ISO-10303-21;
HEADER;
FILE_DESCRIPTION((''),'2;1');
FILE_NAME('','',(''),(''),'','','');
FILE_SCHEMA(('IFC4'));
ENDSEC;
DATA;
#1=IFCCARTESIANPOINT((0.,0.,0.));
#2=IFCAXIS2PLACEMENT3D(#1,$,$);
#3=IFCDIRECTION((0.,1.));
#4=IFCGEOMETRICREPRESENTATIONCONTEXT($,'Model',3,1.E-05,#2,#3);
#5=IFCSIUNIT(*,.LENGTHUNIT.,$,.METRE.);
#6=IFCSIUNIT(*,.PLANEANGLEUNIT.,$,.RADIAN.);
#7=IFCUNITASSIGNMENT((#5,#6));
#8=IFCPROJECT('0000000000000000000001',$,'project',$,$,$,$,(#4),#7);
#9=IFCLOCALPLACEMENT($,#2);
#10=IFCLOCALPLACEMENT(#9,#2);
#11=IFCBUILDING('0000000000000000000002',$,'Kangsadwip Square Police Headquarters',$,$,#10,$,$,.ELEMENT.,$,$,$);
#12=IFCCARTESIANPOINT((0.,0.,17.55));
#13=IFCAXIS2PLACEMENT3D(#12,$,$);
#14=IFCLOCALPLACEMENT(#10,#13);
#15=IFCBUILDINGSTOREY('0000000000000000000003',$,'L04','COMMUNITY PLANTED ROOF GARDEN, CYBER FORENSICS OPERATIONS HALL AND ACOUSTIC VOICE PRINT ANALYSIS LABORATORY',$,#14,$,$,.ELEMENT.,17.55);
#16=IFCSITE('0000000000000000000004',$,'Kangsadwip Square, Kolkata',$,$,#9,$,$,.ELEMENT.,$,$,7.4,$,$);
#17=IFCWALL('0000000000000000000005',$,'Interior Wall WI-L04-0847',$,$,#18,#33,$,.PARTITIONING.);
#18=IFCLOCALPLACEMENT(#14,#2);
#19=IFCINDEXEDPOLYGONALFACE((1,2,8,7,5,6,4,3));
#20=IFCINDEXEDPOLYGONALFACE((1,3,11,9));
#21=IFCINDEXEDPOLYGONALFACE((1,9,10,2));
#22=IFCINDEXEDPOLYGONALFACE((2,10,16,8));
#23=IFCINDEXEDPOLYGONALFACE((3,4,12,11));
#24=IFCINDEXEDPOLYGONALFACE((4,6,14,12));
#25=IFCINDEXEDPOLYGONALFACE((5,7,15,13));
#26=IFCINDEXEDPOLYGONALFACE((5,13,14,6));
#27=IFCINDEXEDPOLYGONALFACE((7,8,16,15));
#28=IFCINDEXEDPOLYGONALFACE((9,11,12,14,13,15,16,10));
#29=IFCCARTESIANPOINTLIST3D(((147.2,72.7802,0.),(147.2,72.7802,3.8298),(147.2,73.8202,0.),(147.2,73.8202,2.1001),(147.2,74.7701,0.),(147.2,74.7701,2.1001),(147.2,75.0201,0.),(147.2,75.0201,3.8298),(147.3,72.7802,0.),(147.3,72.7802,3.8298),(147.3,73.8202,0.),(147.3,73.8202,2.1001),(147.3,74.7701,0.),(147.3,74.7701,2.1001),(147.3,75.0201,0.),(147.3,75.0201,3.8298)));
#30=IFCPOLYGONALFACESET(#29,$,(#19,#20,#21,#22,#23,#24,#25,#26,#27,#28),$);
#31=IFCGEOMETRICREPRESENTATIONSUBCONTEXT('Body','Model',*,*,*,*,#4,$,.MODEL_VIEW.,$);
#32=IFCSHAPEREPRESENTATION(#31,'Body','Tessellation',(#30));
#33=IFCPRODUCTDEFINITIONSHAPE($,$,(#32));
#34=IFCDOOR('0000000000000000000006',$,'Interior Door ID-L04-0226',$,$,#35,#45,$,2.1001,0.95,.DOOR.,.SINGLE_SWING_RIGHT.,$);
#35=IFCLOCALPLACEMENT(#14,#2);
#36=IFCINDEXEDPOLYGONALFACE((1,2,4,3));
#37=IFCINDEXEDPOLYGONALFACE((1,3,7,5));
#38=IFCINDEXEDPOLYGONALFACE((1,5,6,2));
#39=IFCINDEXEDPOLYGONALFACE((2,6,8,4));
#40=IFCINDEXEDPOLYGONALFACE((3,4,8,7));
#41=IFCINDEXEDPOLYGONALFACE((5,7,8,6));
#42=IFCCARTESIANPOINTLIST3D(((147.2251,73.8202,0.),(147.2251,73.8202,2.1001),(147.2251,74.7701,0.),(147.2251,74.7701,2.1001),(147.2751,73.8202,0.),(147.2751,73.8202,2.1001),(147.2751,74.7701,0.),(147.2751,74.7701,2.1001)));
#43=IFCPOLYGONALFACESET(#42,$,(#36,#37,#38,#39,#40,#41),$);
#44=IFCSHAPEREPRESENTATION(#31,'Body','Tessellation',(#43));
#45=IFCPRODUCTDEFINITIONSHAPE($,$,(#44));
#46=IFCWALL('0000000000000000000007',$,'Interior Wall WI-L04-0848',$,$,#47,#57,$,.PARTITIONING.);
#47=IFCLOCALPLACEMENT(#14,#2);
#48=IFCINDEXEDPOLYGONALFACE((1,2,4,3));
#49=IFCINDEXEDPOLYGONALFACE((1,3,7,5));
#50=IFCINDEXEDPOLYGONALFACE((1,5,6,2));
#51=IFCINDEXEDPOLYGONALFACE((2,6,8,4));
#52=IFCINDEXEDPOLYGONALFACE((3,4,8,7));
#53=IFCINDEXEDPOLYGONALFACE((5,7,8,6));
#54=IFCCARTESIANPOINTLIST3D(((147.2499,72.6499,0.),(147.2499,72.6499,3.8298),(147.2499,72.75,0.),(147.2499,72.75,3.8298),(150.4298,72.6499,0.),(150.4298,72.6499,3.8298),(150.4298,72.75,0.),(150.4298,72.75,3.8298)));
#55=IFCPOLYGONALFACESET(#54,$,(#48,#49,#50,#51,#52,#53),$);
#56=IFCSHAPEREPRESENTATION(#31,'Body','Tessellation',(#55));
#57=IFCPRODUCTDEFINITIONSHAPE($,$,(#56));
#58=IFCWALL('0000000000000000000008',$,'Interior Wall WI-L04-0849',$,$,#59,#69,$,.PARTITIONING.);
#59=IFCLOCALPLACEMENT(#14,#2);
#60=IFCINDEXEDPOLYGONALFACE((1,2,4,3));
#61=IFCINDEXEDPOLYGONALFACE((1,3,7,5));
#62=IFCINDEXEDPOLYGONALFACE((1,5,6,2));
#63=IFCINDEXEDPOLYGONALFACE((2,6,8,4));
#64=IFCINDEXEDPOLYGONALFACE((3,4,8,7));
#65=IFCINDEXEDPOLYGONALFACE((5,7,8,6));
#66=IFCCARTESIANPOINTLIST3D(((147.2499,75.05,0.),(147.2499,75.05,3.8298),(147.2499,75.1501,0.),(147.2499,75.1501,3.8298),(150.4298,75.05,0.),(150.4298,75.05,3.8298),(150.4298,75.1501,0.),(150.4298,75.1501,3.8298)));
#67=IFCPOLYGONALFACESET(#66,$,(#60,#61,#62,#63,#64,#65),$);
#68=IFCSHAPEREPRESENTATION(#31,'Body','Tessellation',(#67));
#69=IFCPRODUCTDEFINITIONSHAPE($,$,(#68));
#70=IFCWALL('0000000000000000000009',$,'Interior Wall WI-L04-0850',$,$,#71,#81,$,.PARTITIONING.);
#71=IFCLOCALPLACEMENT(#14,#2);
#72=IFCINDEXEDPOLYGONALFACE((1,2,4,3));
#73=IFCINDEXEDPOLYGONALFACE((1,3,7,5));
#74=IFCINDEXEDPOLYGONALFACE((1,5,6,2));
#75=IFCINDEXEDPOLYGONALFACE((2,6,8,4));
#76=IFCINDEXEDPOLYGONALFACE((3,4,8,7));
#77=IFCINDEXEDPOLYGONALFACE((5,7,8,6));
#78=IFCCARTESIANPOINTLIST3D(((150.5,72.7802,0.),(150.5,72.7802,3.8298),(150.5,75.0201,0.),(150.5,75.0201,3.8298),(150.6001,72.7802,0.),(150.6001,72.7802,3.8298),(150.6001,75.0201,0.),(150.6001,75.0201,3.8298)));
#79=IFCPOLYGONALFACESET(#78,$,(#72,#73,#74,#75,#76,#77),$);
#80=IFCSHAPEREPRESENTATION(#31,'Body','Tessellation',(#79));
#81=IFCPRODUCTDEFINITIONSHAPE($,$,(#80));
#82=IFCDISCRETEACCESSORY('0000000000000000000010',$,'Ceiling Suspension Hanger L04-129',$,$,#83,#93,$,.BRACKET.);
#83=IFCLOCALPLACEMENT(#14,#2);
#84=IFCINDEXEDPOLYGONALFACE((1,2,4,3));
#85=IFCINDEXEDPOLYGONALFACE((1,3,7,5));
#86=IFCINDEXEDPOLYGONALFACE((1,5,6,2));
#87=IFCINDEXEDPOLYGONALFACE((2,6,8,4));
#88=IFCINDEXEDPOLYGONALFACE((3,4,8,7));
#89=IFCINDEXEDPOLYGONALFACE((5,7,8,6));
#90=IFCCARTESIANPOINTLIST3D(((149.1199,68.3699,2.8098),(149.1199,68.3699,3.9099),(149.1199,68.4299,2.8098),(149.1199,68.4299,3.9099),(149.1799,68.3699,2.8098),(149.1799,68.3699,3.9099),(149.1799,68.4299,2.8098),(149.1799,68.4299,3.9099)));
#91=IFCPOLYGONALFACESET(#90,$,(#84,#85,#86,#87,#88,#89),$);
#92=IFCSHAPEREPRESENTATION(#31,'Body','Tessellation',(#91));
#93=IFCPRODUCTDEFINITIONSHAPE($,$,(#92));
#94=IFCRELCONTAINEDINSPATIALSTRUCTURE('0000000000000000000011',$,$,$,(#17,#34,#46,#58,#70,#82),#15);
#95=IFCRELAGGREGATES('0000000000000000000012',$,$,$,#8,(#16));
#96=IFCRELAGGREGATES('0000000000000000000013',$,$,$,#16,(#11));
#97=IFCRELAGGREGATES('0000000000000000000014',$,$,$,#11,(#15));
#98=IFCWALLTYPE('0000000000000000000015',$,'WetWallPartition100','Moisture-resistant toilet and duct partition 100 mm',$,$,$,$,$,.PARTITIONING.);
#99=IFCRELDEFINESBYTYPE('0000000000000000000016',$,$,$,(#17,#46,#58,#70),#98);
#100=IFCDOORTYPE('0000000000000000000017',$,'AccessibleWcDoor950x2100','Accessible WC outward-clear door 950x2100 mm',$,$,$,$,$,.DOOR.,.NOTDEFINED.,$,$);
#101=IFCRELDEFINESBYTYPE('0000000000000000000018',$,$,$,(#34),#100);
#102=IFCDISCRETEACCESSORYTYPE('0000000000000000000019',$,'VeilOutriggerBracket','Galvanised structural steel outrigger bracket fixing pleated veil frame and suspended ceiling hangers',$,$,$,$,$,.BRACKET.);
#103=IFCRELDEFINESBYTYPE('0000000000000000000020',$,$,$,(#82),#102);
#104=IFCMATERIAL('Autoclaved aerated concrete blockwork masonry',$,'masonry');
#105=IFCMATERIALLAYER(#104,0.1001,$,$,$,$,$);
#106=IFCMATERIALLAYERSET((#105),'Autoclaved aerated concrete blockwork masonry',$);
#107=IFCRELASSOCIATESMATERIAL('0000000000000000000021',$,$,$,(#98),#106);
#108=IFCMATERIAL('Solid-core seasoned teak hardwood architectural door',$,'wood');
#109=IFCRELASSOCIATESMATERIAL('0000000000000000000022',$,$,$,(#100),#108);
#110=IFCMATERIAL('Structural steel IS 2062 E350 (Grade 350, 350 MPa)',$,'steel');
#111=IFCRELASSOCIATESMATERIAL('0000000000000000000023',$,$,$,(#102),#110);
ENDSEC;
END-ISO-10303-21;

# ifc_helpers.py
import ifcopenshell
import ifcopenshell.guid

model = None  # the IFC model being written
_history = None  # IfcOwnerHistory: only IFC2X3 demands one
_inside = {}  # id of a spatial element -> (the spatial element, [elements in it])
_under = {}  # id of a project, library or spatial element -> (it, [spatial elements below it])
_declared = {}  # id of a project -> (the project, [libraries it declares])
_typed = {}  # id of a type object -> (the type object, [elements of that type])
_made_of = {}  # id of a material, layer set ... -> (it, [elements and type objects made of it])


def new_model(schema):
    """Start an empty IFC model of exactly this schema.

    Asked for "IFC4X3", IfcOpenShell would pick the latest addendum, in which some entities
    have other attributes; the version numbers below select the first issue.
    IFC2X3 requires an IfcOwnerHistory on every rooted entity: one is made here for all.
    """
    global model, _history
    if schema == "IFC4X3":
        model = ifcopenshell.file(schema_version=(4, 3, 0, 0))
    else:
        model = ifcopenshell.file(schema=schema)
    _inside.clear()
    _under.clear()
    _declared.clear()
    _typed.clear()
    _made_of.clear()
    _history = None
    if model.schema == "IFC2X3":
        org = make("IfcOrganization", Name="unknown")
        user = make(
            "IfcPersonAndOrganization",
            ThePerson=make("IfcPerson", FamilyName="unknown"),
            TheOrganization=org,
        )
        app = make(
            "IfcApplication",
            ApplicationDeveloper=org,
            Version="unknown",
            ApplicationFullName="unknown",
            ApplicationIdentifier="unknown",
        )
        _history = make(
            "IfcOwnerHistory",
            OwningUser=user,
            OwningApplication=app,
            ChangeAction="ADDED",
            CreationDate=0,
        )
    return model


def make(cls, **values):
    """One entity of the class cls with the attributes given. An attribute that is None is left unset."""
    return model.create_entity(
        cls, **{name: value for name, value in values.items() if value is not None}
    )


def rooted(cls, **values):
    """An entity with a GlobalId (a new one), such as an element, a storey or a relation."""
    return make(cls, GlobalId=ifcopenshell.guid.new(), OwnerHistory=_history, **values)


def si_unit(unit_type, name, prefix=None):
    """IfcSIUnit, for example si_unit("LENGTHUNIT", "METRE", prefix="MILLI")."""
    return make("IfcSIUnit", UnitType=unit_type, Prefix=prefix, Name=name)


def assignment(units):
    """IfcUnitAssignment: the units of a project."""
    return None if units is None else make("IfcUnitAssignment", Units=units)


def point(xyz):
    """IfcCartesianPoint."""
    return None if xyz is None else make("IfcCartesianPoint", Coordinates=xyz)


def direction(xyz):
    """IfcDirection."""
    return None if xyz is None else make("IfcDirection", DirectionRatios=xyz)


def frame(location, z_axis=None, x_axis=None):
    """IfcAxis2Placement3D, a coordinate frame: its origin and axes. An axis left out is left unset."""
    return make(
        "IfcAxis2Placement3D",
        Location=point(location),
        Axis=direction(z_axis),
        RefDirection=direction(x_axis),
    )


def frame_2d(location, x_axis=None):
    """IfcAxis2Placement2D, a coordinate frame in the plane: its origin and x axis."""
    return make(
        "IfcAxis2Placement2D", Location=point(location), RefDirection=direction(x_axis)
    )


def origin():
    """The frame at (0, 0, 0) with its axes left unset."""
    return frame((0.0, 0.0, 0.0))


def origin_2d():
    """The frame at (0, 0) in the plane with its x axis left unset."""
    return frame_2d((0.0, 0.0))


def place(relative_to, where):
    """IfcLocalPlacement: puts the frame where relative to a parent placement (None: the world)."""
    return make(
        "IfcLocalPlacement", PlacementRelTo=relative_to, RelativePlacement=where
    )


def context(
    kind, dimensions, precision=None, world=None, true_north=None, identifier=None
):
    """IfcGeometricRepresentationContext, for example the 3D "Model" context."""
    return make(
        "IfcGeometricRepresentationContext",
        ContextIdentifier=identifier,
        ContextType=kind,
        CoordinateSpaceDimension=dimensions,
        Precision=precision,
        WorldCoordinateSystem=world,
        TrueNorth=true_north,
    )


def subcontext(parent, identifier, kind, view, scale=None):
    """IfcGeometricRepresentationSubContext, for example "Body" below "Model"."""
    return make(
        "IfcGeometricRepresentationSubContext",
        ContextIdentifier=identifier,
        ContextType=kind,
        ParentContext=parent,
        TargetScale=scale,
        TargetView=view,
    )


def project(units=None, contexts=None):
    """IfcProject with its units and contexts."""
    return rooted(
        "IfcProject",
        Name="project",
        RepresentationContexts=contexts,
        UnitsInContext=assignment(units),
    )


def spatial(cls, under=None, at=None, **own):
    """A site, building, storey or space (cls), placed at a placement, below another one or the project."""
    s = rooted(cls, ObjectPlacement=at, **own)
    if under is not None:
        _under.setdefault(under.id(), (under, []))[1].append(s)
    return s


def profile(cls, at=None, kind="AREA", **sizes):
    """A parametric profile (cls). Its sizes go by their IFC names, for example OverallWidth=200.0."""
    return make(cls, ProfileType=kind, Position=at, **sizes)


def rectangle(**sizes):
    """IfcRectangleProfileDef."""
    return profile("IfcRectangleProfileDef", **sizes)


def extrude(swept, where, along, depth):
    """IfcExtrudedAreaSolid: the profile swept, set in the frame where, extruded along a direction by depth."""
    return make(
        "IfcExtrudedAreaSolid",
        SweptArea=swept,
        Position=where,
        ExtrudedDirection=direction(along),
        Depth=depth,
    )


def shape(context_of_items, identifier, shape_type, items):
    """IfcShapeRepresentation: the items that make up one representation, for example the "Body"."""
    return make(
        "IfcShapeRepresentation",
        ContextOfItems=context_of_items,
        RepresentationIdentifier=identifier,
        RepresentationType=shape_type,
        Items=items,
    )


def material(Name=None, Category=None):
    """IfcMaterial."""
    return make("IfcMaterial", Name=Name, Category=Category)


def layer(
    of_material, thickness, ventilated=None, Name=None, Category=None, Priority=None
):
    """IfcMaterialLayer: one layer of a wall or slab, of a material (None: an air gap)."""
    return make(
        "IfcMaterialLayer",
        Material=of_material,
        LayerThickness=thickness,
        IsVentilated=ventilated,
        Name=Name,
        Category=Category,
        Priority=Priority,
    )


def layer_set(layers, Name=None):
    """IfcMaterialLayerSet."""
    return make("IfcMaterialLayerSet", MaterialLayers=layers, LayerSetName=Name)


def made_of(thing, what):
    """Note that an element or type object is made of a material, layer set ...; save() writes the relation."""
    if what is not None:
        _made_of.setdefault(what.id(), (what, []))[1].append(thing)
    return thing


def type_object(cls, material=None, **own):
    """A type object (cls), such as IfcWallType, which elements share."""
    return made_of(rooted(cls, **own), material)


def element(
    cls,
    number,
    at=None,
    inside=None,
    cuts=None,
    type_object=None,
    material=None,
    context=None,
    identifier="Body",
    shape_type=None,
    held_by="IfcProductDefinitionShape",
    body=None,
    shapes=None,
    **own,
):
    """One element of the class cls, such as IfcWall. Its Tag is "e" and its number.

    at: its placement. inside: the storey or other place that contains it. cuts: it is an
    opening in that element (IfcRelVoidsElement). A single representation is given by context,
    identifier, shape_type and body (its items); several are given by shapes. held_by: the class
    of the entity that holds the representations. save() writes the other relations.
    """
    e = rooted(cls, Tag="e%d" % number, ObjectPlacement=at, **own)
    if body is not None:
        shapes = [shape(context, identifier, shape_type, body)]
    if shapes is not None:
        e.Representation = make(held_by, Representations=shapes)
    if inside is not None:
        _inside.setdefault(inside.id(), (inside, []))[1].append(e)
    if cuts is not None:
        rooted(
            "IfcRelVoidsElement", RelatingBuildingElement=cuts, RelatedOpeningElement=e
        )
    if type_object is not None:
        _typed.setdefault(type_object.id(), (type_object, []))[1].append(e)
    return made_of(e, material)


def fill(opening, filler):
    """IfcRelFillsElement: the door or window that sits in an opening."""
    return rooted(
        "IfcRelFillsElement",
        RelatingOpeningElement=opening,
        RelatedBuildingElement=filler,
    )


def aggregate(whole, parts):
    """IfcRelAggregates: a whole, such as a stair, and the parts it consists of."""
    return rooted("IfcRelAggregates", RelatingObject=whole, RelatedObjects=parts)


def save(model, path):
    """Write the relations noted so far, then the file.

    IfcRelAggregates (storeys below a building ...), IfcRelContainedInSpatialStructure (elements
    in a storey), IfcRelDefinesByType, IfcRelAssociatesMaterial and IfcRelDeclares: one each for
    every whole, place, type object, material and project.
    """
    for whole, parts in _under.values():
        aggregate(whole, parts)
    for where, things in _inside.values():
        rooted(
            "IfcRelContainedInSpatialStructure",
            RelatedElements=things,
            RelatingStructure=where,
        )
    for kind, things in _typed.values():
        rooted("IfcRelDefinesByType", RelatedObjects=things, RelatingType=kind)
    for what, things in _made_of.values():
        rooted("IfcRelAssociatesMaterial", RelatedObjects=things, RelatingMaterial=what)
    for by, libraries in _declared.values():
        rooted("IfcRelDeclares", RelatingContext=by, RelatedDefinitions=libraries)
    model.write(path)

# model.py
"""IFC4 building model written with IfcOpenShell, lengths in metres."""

from ifc_helpers import new_model, si_unit, direction, frame, frame_2d, origin, origin_2d, place, context, subcontext, project, spatial, rectangle, extrude, material, layer, layer_set, type_object, element, fill, save


model = new_model("IFC4")

# Units and contexts
model_context = context("Model", 3, precision=1e-05, world=origin(), true_north=direction((0.0, 1.0)))
body_context = subcontext(model_context, "Body", "Model", "MODEL_VIEW")
ifc_project = project(units=[si_unit("LENGTHUNIT", "METRE"), si_unit("PLANEANGLEUNIT", "RADIAN")], contexts=[model_context])

# Site, building, storey
site_placement = place(None, origin())
site = spatial("IfcSite", under=ifc_project, at=site_placement, Name="Kangsadwip Square, Kolkata", CompositionType="ELEMENT", RefElevation=7.4)
building_placement = place(site_placement, origin())
building = spatial("IfcBuilding", under=site, at=building_placement, Name="Kangsadwip Square Police Headquarters", CompositionType="ELEMENT")
storey_placement = place(building_placement, frame((0.0, 0.0, 17.55)))
storey = spatial("IfcBuildingStorey", under=building, at=storey_placement, Name="L04", Description="COMMUNITY PLANTED ROOF GARDEN, CYBER FORENSICS OPERATIONS HALL AND ACOUSTIC VOICE PRINT ANALYSIS LABORATORY", CompositionType="ELEMENT", Elevation=17.55)

# Wall, opening, door
ifc_material_1 = material(Name="Autoclaved aerated concrete blockwork masonry", Category="masonry")
ifc_layer_1 = layer(ifc_material_1, 0.1001)
ifc_layer_set_1 = layer_set([ifc_layer_1], Name="Autoclaved aerated concrete blockwork masonry")
wall_type_1 = type_object("IfcWallType", Name="WetWallPartition100", Description="Moisture-resistant toilet and duct partition 100 mm", PredefinedType="PARTITIONING", material=ifc_layer_set_1)
wall_1_placement = place(storey_placement, frame((147.25, 72.78, 0.0), z_axis=(0.0, 0.0, 1.0), x_axis=(0.0, 1.0, 0.0)))
wall_1 = element("IfcWall", 1, at=wall_1_placement, inside=storey, type_object=wall_type_1, Name="Interior Wall WI-L04-0847", PredefinedType="PARTITIONING", context=body_context, shape_type="SweptSolid", body=[
    extrude(rectangle(XDim=2.24, YDim=0.1001, at=frame_2d((1.1201, 0.0))), origin(), (0.0, 0.0, 1.0), 3.8298),
])
opening_placement = place(wall_1_placement, frame((1.04, 0.0, 0.0)))
opening = element("IfcOpeningElement", 2, at=opening_placement, cuts=wall_1, PredefinedType="OPENING", context=body_context, shape_type="SweptSolid", body=[
    extrude(rectangle(XDim=0.95, YDim=2.1001, at=frame_2d((0.4751, 1.05))), frame((0.0, 0.0601, 0.0), z_axis=(0.0, -1.0, 0.0), x_axis=(1.0, 0.0, 0.0)), (0.0, 0.0, 1.0), 0.1201),
])
ifc_material_2 = material(Name="Solid-core seasoned teak hardwood architectural door", Category="wood")
door_type = type_object("IfcDoorType", Name="AccessibleWcDoor950x2100", Description="Accessible WC outward-clear door 950x2100 mm", OperationType="NOTDEFINED", PredefinedType="DOOR", material=ifc_material_2)
door_placement = place(opening_placement, origin())
door = element("IfcDoor", 3, at=door_placement, inside=storey, type_object=door_type, Name="Interior Door ID-L04-0226", OperationType="SINGLE_SWING_RIGHT", OverallHeight=2.1001, OverallWidth=0.95, PredefinedType="DOOR", context=body_context, shape_type="SweptSolid", body=[
    extrude(rectangle(XDim=0.95, YDim=2.1001, at=frame_2d((0.4751, 1.05))), frame((0.0, 0.0249, 0.0), z_axis=(0.0, -1.0, 0.0), x_axis=(1.0, 0.0, 0.0)), (0.0, 0.0, 1.0), 0.05),
])
fill(opening, door)

# Walls
for number, where, z_axis, x_axis, name in (
    (4, (147.25, 72.7, 0.0), (0.0, 0.0, 1.0), (1.0, 0.0, 0.0), "Interior Wall WI-L04-0848"),
    (5, (147.25, 75.1001, 0.0), (0.0, 0.0, 1.0), (1.0, 0.0, 0.0), "Interior Wall WI-L04-0849"),
):
    element("IfcWall", number, at=place(storey_placement, frame(where, z_axis=z_axis, x_axis=x_axis)), inside=storey, type_object=wall_type_1, Name=name, PredefinedType="PARTITIONING", context=body_context, shape_type="SweptSolid", body=[
        extrude(rectangle(XDim=3.1799, YDim=0.1001, at=frame_2d((1.5898, 0.0))), origin(), (0.0, 0.0, 1.0), 3.8298),
    ])
wall_2_placement = place(storey_placement, frame((150.55, 72.78, 0.0), z_axis=(0.0, 0.0, 1.0), x_axis=(0.0, 1.0, 0.0)))
element("IfcWall", 6, at=wall_2_placement, inside=storey, type_object=wall_type_1, Name="Interior Wall WI-L04-0850", PredefinedType="PARTITIONING", context=body_context, shape_type="SweptSolid", body=[
    extrude(rectangle(XDim=2.24, YDim=0.1001, at=frame_2d((1.1201, 0.0))), origin(), (0.0, 0.0, 1.0), 3.8298),
])

# Discrete accessory
ifc_material_3 = material(Name="Structural steel IS 2062 E350 (Grade 350, 350 MPa)", Category="steel")
discrete_accessory_type = type_object("IfcDiscreteAccessoryType", Name="VeilOutriggerBracket", Description="Galvanised structural steel outrigger bracket fixing pleated veil frame and suspended ceiling hangers", PredefinedType="BRACKET", material=ifc_material_3)
discrete_accessory_placement = place(storey_placement, frame((149.1499, 68.3999, 2.8098), z_axis=(0.0, 0.0, 1.0), x_axis=(1.0, 0.0, 0.0)))
element("IfcDiscreteAccessory", 7, at=discrete_accessory_placement, inside=storey, type_object=discrete_accessory_type, Name="Ceiling Suspension Hanger L04-129", PredefinedType="BRACKET", context=body_context, shape_type="SweptSolid", body=[
    extrude(rectangle(XDim=0.0601, YDim=0.0601, at=origin_2d()), origin(), (0.0, 0.0, 1.0), 1.1001),
])

save(model, "model.ifc")
